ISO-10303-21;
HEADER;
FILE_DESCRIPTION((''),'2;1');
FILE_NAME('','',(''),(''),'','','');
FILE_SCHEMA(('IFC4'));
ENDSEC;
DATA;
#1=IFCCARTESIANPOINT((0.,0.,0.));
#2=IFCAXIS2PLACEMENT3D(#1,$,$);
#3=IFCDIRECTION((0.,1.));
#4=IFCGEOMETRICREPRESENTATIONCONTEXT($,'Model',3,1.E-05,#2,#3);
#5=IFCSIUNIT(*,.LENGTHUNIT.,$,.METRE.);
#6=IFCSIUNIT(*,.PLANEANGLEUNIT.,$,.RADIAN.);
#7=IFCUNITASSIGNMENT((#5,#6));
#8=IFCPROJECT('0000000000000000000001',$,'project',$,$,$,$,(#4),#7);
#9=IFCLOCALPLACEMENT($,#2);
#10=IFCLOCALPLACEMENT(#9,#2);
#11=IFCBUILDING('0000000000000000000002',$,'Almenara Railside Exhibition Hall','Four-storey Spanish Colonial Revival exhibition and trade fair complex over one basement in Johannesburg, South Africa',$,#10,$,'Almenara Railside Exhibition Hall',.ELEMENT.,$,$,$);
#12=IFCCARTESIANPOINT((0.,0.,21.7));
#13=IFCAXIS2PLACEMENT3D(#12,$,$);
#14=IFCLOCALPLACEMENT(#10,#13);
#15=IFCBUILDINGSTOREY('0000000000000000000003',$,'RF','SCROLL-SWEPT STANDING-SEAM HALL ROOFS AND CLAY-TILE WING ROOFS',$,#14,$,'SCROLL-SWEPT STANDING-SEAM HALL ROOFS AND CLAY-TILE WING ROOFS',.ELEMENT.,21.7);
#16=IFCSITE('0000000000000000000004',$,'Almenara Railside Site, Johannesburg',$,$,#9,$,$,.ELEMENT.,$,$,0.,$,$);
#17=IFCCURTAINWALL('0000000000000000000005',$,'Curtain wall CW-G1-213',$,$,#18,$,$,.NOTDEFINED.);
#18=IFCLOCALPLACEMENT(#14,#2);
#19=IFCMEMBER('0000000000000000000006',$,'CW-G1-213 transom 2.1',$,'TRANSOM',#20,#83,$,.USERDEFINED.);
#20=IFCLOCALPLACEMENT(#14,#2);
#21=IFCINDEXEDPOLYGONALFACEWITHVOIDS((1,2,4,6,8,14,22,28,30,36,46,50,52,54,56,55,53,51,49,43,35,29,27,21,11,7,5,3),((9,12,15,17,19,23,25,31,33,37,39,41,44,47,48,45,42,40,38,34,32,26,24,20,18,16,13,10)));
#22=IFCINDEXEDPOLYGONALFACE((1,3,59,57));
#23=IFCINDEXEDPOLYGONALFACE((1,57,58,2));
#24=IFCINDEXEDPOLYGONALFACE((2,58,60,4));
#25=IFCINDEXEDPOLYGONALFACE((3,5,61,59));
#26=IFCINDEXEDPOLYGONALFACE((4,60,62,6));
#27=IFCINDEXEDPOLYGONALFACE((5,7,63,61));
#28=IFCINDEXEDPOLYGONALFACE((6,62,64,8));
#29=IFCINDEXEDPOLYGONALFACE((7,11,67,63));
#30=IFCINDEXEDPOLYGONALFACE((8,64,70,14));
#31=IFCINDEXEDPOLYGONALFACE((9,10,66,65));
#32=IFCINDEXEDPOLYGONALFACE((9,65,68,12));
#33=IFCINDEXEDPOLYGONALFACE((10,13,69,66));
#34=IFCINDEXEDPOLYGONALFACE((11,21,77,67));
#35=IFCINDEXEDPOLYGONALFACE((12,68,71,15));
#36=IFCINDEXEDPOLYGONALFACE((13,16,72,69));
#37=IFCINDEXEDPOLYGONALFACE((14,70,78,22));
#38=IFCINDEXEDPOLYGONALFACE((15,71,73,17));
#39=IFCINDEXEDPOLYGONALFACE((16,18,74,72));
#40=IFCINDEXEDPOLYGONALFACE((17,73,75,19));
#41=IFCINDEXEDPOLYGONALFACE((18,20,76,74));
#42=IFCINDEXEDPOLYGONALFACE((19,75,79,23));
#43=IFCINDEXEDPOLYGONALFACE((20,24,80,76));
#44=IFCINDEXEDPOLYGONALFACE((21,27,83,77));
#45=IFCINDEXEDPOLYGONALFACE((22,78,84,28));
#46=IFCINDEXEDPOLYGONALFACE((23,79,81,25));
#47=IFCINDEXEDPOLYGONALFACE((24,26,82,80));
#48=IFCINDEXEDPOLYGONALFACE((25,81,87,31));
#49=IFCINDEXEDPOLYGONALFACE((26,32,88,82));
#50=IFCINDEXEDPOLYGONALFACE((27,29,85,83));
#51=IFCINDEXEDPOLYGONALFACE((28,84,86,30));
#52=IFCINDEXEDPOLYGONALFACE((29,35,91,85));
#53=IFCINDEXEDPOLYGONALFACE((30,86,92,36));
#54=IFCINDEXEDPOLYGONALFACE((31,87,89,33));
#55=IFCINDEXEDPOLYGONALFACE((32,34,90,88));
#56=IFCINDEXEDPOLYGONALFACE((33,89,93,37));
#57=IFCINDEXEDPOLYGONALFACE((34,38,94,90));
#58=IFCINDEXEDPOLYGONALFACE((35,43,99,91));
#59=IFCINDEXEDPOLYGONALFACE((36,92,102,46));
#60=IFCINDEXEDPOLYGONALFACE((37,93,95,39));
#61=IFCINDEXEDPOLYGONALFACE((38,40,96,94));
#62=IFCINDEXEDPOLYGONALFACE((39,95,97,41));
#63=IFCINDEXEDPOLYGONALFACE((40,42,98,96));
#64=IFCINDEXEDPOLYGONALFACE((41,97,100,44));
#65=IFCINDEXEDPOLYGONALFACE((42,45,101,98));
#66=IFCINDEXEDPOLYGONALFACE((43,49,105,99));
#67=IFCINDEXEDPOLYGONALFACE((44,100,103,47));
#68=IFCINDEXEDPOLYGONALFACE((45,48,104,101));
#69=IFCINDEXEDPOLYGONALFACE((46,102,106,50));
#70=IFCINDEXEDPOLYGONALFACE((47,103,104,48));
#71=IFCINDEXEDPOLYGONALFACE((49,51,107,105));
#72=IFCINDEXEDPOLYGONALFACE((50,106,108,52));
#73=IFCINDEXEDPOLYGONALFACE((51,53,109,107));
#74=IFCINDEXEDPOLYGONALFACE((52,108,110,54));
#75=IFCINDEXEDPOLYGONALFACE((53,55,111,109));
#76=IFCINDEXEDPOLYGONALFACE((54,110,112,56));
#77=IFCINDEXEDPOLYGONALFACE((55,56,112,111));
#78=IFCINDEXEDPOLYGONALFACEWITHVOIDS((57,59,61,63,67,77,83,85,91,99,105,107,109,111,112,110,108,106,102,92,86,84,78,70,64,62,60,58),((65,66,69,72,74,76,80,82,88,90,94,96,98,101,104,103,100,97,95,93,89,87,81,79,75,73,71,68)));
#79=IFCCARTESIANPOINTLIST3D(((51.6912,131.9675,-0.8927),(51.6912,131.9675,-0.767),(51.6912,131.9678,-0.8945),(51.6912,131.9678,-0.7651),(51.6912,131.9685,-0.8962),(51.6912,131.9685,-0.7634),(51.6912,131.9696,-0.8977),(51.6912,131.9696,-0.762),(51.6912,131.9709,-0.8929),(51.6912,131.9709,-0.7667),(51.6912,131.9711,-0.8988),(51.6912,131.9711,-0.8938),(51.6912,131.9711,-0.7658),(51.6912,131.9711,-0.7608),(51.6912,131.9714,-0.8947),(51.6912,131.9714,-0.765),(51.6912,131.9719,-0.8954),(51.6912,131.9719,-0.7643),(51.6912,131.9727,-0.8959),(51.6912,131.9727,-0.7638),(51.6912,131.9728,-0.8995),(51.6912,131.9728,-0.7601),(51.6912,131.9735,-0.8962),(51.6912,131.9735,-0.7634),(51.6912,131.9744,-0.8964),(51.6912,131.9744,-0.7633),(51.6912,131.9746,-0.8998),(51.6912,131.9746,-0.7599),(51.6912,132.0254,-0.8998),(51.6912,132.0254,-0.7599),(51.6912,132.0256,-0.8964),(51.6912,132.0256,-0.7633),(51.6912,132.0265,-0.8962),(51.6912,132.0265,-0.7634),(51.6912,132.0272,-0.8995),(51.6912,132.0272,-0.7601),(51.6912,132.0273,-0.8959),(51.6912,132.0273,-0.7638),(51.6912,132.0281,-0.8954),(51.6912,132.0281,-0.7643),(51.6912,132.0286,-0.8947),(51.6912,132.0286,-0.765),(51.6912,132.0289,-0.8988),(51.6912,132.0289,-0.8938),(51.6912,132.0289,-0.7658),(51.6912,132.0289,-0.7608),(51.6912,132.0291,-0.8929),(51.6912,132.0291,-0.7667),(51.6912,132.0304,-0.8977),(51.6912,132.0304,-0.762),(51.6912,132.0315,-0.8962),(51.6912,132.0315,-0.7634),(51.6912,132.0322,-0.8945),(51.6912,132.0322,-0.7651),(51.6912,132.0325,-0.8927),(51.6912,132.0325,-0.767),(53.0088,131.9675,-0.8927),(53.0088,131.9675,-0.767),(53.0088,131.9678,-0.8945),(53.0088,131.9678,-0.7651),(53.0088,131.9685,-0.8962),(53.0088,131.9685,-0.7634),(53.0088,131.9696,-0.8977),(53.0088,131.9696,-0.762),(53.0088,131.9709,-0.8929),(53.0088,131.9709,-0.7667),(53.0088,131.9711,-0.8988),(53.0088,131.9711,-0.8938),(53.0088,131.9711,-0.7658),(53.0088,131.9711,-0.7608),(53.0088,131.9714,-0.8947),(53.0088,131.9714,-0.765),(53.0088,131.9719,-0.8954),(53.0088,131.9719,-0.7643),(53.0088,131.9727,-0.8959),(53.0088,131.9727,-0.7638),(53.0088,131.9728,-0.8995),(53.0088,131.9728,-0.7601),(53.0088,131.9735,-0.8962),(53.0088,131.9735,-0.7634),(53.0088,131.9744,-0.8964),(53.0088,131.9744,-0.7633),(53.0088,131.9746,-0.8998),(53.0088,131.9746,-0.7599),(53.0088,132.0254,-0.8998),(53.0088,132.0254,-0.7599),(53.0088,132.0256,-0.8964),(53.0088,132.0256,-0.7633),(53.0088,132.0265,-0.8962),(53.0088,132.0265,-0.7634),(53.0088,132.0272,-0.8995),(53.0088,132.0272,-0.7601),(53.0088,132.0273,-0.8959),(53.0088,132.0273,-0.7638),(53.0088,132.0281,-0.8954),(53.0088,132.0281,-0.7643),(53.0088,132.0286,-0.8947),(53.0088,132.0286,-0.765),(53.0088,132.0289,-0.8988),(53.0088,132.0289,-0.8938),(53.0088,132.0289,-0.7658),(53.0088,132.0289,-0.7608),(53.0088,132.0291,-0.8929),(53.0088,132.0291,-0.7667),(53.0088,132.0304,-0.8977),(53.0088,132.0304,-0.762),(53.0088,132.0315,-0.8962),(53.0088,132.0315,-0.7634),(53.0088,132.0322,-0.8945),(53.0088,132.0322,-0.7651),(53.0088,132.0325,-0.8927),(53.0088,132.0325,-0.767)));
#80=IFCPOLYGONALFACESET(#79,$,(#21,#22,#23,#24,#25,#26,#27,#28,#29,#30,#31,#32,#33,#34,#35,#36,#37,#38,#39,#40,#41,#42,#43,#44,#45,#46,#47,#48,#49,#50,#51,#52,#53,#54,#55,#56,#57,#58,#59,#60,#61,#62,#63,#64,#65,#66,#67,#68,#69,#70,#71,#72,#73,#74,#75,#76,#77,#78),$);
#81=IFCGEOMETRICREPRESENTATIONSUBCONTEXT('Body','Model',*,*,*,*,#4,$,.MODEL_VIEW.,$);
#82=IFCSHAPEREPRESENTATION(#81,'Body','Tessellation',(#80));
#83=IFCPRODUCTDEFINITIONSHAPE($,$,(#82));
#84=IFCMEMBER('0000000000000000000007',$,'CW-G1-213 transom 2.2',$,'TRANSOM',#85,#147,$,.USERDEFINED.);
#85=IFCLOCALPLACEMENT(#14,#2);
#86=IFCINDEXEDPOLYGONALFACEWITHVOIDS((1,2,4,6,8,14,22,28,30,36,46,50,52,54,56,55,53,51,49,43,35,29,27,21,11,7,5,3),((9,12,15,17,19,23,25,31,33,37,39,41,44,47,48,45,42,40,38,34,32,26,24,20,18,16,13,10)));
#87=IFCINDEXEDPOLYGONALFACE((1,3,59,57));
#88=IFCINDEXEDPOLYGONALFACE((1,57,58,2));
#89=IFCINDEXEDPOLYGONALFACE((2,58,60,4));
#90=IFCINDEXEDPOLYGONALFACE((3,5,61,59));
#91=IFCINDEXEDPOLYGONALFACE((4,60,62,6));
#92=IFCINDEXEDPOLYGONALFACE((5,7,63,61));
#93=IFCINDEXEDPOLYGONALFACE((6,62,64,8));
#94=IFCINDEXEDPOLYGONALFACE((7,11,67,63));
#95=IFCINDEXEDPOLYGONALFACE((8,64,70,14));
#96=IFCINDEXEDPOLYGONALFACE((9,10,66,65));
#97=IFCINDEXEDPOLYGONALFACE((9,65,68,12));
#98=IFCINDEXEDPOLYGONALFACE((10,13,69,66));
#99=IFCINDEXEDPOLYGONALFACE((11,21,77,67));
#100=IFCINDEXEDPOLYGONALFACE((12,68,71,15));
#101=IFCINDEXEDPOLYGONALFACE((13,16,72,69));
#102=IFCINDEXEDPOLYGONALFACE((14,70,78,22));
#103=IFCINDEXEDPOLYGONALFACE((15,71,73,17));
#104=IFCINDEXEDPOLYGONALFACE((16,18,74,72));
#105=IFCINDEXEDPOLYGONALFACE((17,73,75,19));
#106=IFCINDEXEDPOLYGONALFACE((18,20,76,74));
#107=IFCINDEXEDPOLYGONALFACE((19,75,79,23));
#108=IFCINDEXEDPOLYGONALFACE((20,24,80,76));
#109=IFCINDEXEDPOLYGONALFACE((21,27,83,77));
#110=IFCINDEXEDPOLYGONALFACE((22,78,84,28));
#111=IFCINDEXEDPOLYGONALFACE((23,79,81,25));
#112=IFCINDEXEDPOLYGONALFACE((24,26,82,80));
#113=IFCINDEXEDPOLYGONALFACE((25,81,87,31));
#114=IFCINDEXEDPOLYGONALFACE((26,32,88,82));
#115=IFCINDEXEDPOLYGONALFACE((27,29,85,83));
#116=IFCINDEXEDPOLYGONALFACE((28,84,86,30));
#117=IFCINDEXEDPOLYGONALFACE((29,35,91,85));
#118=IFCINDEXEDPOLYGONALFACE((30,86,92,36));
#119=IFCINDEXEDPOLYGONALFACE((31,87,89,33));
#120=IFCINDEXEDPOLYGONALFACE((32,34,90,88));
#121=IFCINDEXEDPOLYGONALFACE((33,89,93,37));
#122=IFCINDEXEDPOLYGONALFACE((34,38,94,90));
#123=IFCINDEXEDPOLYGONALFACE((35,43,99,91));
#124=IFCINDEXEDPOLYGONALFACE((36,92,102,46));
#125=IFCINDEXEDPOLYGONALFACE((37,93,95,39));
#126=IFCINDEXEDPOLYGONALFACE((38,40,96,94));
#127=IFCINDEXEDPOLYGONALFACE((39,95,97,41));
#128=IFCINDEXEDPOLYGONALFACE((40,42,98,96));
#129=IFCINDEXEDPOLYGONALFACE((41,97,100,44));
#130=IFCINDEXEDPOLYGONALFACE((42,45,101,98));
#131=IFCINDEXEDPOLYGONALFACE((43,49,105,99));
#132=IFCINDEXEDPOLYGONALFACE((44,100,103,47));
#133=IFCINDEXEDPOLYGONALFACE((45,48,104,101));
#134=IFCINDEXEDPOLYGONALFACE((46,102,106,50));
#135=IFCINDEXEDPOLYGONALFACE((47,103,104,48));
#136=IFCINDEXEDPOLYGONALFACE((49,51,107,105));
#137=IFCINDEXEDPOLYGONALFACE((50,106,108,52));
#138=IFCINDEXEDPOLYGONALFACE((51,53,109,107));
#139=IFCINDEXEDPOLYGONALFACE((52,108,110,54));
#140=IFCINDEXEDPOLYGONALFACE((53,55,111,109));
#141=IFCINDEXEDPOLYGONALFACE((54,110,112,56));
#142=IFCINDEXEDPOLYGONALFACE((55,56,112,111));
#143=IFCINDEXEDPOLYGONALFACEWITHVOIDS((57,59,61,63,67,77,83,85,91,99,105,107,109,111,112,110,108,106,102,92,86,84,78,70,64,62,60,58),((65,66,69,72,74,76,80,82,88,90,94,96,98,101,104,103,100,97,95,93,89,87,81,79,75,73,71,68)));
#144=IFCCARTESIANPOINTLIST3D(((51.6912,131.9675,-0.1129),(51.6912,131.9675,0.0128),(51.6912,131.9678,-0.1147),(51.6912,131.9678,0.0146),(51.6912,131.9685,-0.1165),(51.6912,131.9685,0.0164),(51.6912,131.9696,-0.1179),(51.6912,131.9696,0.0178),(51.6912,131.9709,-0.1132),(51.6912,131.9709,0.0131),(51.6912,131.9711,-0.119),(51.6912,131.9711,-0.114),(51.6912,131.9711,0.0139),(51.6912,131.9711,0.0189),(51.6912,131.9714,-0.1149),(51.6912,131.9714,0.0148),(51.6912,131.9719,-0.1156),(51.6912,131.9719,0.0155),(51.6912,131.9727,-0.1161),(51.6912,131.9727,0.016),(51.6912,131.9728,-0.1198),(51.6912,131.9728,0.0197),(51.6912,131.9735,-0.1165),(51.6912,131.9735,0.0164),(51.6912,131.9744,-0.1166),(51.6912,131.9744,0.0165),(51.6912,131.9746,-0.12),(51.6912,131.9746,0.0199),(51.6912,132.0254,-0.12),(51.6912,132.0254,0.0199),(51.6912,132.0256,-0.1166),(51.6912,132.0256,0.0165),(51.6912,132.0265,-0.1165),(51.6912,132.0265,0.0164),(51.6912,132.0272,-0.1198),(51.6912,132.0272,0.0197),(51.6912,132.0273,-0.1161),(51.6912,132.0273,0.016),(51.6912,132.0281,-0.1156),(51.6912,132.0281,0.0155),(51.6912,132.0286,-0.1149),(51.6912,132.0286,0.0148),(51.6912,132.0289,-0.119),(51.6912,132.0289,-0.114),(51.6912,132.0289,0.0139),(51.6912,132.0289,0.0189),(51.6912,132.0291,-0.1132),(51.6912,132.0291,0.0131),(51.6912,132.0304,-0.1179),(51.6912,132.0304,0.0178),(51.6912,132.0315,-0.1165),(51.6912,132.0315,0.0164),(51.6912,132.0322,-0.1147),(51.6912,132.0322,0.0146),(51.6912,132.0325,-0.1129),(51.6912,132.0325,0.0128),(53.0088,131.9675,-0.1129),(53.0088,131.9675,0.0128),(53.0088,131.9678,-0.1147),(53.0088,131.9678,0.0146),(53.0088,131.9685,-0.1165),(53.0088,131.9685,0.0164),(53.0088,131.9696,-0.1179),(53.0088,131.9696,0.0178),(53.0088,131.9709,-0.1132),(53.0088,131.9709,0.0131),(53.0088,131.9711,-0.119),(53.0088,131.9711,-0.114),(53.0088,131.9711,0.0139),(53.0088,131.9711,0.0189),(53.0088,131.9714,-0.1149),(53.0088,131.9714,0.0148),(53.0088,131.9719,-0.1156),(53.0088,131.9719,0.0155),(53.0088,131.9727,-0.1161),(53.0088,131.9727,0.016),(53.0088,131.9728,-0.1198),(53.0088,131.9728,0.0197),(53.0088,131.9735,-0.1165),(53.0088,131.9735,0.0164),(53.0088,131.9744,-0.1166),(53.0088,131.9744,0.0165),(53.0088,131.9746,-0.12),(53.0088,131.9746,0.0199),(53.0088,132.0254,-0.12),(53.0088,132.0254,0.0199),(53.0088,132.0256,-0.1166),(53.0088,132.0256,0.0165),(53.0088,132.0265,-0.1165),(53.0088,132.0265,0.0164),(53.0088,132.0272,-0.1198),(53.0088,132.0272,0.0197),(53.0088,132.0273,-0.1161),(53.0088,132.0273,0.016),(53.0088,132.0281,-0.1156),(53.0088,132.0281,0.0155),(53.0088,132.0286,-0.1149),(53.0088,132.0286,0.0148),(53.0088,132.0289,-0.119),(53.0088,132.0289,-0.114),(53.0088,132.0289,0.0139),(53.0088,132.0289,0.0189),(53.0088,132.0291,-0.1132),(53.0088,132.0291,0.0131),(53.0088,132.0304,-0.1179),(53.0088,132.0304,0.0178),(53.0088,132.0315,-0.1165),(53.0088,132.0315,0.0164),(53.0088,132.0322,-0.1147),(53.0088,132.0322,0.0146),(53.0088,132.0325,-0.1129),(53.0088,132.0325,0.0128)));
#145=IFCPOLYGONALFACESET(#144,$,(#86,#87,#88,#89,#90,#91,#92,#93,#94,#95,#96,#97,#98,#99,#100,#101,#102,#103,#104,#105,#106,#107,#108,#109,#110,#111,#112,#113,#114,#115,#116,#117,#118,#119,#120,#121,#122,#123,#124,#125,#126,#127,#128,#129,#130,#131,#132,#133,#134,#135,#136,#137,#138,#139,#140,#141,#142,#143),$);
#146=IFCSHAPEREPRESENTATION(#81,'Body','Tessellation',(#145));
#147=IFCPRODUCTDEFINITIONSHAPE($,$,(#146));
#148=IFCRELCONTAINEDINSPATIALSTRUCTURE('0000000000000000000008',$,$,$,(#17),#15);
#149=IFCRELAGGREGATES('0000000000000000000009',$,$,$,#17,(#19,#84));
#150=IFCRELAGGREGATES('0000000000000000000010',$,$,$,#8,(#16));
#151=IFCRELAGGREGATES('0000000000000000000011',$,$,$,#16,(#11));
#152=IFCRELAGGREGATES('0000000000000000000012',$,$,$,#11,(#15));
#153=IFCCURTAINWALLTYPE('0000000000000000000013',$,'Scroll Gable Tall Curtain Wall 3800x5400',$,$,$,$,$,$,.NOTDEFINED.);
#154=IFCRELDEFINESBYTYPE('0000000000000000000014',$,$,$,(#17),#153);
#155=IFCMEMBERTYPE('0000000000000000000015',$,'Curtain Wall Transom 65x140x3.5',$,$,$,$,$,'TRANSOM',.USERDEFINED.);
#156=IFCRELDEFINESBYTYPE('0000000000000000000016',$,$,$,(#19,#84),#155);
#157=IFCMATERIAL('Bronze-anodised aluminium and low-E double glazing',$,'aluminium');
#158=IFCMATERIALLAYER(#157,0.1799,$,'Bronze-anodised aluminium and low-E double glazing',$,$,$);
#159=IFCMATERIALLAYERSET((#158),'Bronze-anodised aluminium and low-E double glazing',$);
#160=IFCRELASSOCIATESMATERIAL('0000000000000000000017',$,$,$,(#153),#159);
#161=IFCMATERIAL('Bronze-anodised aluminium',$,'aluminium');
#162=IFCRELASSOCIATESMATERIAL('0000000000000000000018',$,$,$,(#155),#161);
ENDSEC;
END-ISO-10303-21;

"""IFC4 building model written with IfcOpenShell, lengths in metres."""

from ifc_helpers import new_model, si_unit, direction, frame, origin, origin_2d, place, context, subcontext, project, spatial, hollow_rectangle, extrude, material, layer, layer_set, material_profile, profile_set, type_object, element, aggregate, save


model = new_model("IFC4")

# Units and contexts
model_context = context("Model", 3, precision=1e-05, world=origin(), true_north=direction((0.0, 1.0)))
body_context = subcontext(model_context, "Body", "Model", "MODEL_VIEW")
ifc_project = project(units=[si_unit("LENGTHUNIT", "METRE"), si_unit("PLANEANGLEUNIT", "RADIAN")], contexts=[model_context])

# Site, building, storey
site_placement = place(None, origin())
site = spatial("IfcSite", under=ifc_project, at=site_placement, Name="Almenara Railside Site, Johannesburg", CompositionType="ELEMENT", RefElevation=0.0)
building_placement = place(site_placement, origin())
building = spatial("IfcBuilding", under=site, at=building_placement, Name="Almenara Railside Exhibition Hall", Description="Four-storey Spanish Colonial Revival exhibition and trade fair complex over one basement in Johannesburg, South Africa", LongName="Almenara Railside Exhibition Hall", CompositionType="ELEMENT")
storey_placement = place(building_placement, frame((0.0, 0.0, 21.7)))
storey = spatial("IfcBuildingStorey", under=building, at=storey_placement, Name="RF", Description="SCROLL-SWEPT STANDING-SEAM HALL ROOFS AND CLAY-TILE WING ROOFS", LongName="SCROLL-SWEPT STANDING-SEAM HALL ROOFS AND CLAY-TILE WING ROOFS", CompositionType="ELEMENT", Elevation=21.7)

# Shared definitions
ifc_material_1 = material(Name="Bronze-anodised aluminium and low-E double glazing", Category="aluminium")
ifc_layer_1 = layer(ifc_material_1, 0.1799, Name="Bronze-anodised aluminium and low-E double glazing")
ifc_layer_set_1 = layer_set([ifc_layer_1], Name="Bronze-anodised aluminium and low-E double glazing")
curtain_wall_type = type_object("IfcCurtainWallType", Name="Scroll Gable Tall Curtain Wall 3800x5400", PredefinedType="NOTDEFINED", material=ifc_layer_set_1)
ifc_material_2 = material(Name="Bronze-anodised aluminium", Category="aluminium")

# Curtain wall
curtain_wall_1_placement = place(storey_placement, origin())
curtain_wall_1 = element("IfcCurtainWall", 1, at=curtain_wall_1_placement, inside=storey, type_object=curtain_wall_type, Name="Curtain wall CW-G1-213", PredefinedType="NOTDEFINED")

# Members
ifc_material_profile_1 = material_profile(ifc_material_2, hollow_rectangle(XDim=0.0649, YDim=0.1399, WallThickness=0.0034, InnerFilletRadius=0.0034, OuterFilletRadius=0.0071, at=origin_2d()), Name="ALU-TRN 65x140x3.5")
ifc_profile_set_1 = profile_set([ifc_material_profile_1], Name="Bronze-anodised aluminium")
member_type_1 = type_object("IfcMemberType", Name="Curtain Wall Transom 65x140x3.5", ElementType="TRANSOM", PredefinedType="USERDEFINED", material=ifc_profile_set_1)
member_1_placement = place(storey_placement, frame((51.6912, 132.0, -0.8298), z_axis=(1.0, 0.0, 0.0), x_axis=(0.0, 1.0, 0.0)))
member_1 = element("IfcMember", 2, at=member_1_placement, type_object=member_type_1, Name="CW-G1-213 transom 2.1", ObjectType="TRANSOM", PredefinedType="USERDEFINED", context=body_context, shape_type="SweptSolid", body=[
    extrude(hollow_rectangle(XDim=0.0649, YDim=0.1399, WallThickness=0.0034, InnerFilletRadius=0.0034, OuterFilletRadius=0.0071, at=origin_2d()), origin(), (0.0, 0.0, 1.0), 1.3176),
])
member_2_placement = place(storey_placement, frame((51.6912, 132.0, -0.05), z_axis=(1.0, 0.0, 0.0), x_axis=(0.0, 1.0, 0.0)))
member_2 = element("IfcMember", 3, at=member_2_placement, type_object=member_type_1, Name="CW-G1-213 transom 2.2", ObjectType="TRANSOM", PredefinedType="USERDEFINED", context=body_context, shape_type="SweptSolid", body=[
    extrude(hollow_rectangle(XDim=0.0649, YDim=0.1399, WallThickness=0.0034, InnerFilletRadius=0.0034, OuterFilletRadius=0.0071, at=origin_2d()), origin(), (0.0, 0.0, 1.0), 1.3176),
])

aggregate(curtain_wall_1, [member_1, member_2])

save(model, "model.ifc")
